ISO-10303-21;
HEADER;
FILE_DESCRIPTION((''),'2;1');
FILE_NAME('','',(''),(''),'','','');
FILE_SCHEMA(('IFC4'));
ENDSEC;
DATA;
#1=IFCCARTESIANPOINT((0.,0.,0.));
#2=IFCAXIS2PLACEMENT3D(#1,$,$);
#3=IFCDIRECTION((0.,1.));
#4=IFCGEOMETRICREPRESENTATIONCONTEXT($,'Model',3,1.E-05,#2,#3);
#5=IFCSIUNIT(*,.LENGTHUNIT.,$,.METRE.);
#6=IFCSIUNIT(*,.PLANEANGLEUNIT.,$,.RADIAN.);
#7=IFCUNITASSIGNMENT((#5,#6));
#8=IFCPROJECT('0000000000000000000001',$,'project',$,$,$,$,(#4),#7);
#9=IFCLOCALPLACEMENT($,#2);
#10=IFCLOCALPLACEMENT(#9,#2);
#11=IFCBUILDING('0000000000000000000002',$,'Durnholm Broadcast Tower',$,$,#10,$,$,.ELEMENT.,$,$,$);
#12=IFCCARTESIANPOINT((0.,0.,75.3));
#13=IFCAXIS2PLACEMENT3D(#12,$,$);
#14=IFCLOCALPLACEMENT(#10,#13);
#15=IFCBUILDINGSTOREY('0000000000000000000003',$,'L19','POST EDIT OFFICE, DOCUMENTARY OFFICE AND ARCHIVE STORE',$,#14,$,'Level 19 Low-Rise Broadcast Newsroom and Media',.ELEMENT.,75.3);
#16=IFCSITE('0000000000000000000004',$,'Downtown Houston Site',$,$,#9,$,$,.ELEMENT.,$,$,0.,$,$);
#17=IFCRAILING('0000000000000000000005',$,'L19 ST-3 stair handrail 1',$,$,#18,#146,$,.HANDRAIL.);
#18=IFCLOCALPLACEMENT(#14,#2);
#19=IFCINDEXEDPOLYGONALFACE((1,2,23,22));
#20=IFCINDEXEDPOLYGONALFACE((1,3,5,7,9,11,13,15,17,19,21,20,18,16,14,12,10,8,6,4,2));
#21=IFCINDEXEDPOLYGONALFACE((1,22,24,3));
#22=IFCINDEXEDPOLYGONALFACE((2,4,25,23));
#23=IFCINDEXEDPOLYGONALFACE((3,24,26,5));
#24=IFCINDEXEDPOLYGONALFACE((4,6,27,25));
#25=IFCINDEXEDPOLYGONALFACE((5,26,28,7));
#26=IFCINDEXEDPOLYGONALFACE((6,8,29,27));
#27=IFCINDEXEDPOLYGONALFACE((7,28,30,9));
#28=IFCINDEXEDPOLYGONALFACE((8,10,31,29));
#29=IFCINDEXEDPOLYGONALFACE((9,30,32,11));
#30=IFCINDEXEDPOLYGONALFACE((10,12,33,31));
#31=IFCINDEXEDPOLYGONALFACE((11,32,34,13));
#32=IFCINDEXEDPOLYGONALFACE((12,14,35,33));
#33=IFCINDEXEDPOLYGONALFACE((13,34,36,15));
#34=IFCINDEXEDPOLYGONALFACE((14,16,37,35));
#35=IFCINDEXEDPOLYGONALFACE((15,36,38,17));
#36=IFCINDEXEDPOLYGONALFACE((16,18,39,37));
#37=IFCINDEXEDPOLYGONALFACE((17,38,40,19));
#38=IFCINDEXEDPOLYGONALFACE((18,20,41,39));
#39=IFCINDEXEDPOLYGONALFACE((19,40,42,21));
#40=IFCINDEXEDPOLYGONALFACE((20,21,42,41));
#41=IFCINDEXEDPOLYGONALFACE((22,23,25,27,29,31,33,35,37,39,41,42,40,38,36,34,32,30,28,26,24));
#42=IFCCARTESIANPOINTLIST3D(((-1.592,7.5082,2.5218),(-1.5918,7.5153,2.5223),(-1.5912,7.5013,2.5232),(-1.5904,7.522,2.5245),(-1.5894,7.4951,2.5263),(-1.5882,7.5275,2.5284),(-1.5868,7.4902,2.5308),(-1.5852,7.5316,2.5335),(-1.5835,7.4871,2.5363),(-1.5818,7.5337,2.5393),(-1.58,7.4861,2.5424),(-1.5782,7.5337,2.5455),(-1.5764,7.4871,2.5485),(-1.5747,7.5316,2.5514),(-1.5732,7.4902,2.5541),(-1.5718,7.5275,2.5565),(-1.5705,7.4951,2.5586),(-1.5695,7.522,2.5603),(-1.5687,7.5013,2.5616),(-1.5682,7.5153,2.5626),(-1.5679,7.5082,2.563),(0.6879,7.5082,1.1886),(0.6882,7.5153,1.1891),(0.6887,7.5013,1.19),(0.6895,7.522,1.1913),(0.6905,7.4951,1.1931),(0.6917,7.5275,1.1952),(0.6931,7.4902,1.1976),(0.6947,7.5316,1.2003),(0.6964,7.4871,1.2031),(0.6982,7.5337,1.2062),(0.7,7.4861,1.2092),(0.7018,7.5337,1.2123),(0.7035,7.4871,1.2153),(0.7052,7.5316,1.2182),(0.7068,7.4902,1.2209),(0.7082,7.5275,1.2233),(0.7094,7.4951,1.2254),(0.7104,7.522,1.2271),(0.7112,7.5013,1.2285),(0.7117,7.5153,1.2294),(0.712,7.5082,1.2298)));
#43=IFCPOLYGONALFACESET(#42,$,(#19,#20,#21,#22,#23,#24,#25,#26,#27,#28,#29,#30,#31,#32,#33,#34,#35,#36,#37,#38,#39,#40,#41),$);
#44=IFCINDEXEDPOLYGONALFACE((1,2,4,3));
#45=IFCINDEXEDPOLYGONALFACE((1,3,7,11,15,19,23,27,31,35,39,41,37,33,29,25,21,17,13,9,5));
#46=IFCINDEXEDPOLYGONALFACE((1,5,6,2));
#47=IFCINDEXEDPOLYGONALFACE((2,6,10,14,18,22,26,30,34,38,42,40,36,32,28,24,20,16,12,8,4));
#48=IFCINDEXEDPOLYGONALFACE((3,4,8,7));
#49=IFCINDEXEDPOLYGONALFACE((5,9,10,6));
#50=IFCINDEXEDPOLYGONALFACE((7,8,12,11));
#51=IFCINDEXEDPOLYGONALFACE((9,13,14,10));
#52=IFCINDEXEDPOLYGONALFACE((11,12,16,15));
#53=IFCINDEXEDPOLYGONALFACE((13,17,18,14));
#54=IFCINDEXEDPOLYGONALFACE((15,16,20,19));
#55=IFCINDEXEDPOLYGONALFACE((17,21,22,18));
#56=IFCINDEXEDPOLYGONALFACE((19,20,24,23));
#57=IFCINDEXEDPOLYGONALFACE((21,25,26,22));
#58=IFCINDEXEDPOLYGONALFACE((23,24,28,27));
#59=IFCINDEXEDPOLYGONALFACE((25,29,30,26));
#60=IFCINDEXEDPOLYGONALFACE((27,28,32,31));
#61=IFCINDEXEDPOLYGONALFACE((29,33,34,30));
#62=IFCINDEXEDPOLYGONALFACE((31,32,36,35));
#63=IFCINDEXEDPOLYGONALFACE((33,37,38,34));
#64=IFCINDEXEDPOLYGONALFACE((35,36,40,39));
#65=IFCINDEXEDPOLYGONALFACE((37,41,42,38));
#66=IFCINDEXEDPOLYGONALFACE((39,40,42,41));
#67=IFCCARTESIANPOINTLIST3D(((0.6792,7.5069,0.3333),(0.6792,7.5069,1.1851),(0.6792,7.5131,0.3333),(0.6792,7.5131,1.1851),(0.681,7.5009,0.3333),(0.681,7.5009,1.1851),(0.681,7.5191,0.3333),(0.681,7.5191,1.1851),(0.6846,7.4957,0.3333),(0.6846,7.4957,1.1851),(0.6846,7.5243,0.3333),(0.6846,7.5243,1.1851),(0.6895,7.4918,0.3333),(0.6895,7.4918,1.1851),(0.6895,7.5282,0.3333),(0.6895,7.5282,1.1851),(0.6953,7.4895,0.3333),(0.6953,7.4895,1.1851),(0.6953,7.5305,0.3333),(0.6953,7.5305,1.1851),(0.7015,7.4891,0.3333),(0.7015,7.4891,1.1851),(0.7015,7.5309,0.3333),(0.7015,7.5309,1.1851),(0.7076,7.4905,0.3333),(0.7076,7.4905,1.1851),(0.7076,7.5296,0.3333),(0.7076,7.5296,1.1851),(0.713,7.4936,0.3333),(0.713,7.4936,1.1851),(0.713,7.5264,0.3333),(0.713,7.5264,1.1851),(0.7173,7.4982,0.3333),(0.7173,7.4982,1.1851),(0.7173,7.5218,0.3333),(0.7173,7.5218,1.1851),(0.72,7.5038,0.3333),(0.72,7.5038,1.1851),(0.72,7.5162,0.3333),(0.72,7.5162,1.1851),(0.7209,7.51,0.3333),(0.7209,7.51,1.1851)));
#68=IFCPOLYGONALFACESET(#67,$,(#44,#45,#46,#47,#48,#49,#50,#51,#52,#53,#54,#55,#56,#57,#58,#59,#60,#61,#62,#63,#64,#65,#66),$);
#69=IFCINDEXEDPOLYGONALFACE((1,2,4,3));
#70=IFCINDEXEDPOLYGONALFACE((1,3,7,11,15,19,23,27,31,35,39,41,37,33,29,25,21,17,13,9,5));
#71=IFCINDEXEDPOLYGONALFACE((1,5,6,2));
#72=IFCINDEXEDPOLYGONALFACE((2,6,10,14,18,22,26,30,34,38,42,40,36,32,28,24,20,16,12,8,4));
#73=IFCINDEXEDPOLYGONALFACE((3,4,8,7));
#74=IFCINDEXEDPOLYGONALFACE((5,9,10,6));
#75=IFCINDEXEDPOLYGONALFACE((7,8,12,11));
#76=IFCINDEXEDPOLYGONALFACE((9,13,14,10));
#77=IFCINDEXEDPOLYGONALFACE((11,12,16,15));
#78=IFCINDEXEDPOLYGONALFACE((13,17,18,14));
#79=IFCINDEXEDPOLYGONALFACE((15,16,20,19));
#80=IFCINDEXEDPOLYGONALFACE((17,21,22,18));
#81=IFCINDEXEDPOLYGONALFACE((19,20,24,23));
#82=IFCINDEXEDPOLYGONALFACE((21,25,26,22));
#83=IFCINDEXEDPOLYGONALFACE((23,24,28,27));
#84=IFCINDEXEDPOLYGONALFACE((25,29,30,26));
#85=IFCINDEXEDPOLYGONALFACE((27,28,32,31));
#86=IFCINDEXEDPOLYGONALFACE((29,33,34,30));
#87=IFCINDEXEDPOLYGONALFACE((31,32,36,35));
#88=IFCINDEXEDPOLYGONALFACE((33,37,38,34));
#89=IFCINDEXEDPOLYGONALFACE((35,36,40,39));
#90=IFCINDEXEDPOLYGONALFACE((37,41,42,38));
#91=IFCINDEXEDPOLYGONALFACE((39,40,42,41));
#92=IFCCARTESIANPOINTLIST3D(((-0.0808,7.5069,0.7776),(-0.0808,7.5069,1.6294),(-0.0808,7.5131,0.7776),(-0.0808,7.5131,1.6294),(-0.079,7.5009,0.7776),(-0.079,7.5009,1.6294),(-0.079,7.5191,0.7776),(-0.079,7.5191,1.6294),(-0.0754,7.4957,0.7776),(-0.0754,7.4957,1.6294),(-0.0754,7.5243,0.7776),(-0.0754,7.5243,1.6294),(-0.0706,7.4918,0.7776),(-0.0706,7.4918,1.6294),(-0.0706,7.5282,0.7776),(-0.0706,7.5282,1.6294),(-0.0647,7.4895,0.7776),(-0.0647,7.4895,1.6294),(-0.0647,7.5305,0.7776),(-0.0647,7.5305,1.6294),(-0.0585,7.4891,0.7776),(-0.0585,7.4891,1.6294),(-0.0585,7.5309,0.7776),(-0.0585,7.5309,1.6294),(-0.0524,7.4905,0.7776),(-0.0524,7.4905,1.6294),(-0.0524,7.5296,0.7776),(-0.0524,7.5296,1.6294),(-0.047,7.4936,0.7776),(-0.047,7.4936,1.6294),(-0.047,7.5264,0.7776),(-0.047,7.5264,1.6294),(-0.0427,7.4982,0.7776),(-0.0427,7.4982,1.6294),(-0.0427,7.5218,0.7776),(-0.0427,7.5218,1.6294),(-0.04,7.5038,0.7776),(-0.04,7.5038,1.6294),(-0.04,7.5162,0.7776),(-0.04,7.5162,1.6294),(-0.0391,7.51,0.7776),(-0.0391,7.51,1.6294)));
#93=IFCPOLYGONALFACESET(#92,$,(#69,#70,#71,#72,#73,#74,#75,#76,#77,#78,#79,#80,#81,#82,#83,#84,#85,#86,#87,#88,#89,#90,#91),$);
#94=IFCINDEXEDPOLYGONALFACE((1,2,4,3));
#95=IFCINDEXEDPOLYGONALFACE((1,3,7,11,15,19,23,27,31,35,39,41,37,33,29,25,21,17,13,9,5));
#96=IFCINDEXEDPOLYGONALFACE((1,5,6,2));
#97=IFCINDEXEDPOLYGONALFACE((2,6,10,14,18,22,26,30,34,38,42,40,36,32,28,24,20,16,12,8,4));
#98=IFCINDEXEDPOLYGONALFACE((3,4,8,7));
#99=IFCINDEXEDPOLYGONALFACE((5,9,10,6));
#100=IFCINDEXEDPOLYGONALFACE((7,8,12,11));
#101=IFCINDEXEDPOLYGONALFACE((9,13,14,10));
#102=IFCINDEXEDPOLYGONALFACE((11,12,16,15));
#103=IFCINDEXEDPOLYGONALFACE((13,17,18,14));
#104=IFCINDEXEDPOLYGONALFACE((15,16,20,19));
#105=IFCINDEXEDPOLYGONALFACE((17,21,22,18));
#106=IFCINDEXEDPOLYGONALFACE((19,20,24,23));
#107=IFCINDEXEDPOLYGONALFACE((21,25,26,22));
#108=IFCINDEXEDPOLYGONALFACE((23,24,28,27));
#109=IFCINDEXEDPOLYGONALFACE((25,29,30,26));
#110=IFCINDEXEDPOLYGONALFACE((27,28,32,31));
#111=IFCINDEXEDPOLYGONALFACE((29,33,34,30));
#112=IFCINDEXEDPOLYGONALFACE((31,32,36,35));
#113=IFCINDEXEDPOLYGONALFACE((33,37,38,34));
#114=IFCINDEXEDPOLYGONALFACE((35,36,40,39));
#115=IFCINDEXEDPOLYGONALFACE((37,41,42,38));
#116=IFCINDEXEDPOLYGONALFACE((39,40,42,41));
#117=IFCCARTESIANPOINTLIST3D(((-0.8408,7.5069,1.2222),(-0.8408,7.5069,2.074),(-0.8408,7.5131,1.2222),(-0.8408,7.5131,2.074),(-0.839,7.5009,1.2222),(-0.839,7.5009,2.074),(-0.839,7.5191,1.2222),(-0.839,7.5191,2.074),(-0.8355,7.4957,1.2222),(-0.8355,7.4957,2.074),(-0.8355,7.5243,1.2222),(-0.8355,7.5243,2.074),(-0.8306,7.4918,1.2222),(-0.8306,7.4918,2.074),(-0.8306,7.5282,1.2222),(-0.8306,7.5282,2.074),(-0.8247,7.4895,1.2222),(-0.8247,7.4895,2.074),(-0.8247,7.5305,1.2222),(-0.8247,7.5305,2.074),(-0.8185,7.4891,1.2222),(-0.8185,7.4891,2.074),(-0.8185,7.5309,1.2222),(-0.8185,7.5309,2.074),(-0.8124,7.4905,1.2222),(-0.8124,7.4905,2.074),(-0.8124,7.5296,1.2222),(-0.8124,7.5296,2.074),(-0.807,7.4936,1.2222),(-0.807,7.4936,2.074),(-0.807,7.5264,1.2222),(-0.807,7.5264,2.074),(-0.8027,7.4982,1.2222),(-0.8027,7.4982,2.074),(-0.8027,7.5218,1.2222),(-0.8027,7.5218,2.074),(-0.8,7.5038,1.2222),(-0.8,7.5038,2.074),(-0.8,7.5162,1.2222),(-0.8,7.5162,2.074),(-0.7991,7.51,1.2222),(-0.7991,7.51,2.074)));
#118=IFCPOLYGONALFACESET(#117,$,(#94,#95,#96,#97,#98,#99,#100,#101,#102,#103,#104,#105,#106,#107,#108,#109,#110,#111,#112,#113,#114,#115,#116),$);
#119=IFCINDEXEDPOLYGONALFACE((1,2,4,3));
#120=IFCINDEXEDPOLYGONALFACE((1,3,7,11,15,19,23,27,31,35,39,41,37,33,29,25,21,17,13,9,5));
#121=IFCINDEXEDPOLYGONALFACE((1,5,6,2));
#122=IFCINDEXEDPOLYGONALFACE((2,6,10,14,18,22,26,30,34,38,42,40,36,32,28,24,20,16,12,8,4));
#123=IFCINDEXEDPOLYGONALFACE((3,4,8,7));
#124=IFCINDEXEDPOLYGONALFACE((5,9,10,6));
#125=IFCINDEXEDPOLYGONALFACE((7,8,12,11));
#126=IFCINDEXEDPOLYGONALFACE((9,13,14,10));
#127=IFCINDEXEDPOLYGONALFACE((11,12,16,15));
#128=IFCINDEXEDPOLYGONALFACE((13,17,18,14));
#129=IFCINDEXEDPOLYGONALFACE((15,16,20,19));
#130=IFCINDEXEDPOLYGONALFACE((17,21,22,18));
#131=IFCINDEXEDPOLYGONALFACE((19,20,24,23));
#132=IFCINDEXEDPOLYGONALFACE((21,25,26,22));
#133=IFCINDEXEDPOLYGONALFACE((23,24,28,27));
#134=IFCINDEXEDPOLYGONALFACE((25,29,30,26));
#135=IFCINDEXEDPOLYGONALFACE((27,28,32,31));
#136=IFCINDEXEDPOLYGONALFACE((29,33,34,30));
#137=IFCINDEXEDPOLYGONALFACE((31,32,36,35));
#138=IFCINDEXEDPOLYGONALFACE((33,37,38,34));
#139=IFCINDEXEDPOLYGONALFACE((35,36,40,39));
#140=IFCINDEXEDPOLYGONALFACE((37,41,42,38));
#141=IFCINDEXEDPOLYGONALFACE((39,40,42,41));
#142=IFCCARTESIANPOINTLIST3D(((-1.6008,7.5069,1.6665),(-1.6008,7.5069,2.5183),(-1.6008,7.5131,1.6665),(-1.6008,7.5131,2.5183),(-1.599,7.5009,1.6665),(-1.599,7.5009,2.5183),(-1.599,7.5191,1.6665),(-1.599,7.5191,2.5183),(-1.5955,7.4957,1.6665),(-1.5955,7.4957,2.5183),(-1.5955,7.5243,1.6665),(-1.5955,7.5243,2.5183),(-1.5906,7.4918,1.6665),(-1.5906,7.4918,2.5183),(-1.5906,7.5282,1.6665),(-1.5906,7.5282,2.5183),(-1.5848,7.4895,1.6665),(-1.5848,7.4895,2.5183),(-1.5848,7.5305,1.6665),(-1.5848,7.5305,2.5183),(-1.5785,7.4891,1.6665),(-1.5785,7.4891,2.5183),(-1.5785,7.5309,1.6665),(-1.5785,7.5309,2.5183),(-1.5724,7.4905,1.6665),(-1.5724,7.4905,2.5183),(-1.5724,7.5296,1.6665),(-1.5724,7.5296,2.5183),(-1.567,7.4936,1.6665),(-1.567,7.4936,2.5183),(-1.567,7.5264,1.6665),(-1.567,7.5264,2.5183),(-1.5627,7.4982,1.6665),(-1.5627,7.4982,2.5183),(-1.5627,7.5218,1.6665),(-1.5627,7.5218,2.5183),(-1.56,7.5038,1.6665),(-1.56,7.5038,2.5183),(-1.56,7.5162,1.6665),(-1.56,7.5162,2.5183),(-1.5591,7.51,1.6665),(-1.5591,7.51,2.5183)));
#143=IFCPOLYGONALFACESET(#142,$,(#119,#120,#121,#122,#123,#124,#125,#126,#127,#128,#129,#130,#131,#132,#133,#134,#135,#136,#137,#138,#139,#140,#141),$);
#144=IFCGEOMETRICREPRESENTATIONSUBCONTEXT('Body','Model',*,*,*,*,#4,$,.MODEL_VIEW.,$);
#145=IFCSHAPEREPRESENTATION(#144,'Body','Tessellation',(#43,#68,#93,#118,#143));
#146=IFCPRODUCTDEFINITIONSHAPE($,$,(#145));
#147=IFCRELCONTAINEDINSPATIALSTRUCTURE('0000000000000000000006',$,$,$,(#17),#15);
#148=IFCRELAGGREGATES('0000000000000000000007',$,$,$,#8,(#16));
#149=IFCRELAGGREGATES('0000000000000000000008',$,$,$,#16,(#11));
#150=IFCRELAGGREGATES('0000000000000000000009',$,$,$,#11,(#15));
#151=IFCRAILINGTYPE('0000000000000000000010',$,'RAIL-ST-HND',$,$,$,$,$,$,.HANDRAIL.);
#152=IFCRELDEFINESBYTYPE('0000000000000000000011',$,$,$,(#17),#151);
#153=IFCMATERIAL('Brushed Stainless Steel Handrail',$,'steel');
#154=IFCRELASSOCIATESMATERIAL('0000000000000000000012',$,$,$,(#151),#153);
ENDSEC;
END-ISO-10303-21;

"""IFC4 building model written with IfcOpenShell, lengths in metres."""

from ifc_helpers import new_model, si_unit, direction, frame, origin, origin_2d, place, context, subcontext, project, spatial, circle, extrude, material, type_object, element, save


model = new_model("IFC4")

# Units and contexts
model_context = context("Model", 3, precision=1e-05, world=origin(), true_north=direction((0.0, 1.0)))
body_context = subcontext(model_context, "Body", "Model", "MODEL_VIEW")
ifc_project = project(units=[si_unit("LENGTHUNIT", "METRE"), si_unit("PLANEANGLEUNIT", "RADIAN")], contexts=[model_context])

# Site, building, storey
site_placement = place(None, origin())
site = spatial("IfcSite", under=ifc_project, at=site_placement, Name="Downtown Houston Site", CompositionType="ELEMENT", RefElevation=0.0)
building_placement = place(site_placement, origin())
building = spatial("IfcBuilding", under=site, at=building_placement, Name="Durnholm Broadcast Tower", CompositionType="ELEMENT")
storey_placement = place(building_placement, frame((0.0, 0.0, 75.3)))
storey = spatial("IfcBuildingStorey", under=building, at=storey_placement, Name="L19", Description="POST EDIT OFFICE, DOCUMENTARY OFFICE AND ARCHIVE STORE", LongName="Level 19 Low-Rise Broadcast Newsroom and Media", CompositionType="ELEMENT", Elevation=75.3)

# Railing
ifc_material_1 = material(Name="Brushed Stainless Steel Handrail", Category="steel")
railing_type_1 = type_object("IfcRailingType", Name="RAIL-ST-HND", PredefinedType="HANDRAIL", material=ifc_material_1)
railing_1_placement = place(storey_placement, frame((0.7, 7.51, 0.3333)))
element("IfcRailing", 1, at=railing_1_placement, inside=storey, type_object=railing_type_1, Name="L19 ST-3 stair handrail 1", PredefinedType="HANDRAIL", context=body_context, shape_type="SweptSolid", body=[
    extrude(circle(Radius=0.0239, at=origin_2d()), frame((0.0, 0.0, 0.876), z_axis=(-0.863245, 0.0, 0.504785), x_axis=(0.0, -1.0, 0.0)), (0.0, 0.0, 1.0), 2.6411),
    extrude(circle(Radius=0.021, at=origin_2d()), origin(), (0.0, 0.0, 1.0), 0.8518),
    extrude(circle(Radius=0.021, at=origin_2d()), frame((-0.76, 0.0, 0.4443)), (0.0, 0.0, 1.0), 0.8518),
    extrude(circle(Radius=0.021, at=origin_2d()), frame((-1.52, 0.0, 0.8889)), (0.0, 0.0, 1.0), 0.8518),
    extrude(circle(Radius=0.021, at=origin_2d()), frame((-2.28, 0.0, 1.3333)), (0.0, 0.0, 1.0), 0.8518),
])

save(model, "model.ifc")
